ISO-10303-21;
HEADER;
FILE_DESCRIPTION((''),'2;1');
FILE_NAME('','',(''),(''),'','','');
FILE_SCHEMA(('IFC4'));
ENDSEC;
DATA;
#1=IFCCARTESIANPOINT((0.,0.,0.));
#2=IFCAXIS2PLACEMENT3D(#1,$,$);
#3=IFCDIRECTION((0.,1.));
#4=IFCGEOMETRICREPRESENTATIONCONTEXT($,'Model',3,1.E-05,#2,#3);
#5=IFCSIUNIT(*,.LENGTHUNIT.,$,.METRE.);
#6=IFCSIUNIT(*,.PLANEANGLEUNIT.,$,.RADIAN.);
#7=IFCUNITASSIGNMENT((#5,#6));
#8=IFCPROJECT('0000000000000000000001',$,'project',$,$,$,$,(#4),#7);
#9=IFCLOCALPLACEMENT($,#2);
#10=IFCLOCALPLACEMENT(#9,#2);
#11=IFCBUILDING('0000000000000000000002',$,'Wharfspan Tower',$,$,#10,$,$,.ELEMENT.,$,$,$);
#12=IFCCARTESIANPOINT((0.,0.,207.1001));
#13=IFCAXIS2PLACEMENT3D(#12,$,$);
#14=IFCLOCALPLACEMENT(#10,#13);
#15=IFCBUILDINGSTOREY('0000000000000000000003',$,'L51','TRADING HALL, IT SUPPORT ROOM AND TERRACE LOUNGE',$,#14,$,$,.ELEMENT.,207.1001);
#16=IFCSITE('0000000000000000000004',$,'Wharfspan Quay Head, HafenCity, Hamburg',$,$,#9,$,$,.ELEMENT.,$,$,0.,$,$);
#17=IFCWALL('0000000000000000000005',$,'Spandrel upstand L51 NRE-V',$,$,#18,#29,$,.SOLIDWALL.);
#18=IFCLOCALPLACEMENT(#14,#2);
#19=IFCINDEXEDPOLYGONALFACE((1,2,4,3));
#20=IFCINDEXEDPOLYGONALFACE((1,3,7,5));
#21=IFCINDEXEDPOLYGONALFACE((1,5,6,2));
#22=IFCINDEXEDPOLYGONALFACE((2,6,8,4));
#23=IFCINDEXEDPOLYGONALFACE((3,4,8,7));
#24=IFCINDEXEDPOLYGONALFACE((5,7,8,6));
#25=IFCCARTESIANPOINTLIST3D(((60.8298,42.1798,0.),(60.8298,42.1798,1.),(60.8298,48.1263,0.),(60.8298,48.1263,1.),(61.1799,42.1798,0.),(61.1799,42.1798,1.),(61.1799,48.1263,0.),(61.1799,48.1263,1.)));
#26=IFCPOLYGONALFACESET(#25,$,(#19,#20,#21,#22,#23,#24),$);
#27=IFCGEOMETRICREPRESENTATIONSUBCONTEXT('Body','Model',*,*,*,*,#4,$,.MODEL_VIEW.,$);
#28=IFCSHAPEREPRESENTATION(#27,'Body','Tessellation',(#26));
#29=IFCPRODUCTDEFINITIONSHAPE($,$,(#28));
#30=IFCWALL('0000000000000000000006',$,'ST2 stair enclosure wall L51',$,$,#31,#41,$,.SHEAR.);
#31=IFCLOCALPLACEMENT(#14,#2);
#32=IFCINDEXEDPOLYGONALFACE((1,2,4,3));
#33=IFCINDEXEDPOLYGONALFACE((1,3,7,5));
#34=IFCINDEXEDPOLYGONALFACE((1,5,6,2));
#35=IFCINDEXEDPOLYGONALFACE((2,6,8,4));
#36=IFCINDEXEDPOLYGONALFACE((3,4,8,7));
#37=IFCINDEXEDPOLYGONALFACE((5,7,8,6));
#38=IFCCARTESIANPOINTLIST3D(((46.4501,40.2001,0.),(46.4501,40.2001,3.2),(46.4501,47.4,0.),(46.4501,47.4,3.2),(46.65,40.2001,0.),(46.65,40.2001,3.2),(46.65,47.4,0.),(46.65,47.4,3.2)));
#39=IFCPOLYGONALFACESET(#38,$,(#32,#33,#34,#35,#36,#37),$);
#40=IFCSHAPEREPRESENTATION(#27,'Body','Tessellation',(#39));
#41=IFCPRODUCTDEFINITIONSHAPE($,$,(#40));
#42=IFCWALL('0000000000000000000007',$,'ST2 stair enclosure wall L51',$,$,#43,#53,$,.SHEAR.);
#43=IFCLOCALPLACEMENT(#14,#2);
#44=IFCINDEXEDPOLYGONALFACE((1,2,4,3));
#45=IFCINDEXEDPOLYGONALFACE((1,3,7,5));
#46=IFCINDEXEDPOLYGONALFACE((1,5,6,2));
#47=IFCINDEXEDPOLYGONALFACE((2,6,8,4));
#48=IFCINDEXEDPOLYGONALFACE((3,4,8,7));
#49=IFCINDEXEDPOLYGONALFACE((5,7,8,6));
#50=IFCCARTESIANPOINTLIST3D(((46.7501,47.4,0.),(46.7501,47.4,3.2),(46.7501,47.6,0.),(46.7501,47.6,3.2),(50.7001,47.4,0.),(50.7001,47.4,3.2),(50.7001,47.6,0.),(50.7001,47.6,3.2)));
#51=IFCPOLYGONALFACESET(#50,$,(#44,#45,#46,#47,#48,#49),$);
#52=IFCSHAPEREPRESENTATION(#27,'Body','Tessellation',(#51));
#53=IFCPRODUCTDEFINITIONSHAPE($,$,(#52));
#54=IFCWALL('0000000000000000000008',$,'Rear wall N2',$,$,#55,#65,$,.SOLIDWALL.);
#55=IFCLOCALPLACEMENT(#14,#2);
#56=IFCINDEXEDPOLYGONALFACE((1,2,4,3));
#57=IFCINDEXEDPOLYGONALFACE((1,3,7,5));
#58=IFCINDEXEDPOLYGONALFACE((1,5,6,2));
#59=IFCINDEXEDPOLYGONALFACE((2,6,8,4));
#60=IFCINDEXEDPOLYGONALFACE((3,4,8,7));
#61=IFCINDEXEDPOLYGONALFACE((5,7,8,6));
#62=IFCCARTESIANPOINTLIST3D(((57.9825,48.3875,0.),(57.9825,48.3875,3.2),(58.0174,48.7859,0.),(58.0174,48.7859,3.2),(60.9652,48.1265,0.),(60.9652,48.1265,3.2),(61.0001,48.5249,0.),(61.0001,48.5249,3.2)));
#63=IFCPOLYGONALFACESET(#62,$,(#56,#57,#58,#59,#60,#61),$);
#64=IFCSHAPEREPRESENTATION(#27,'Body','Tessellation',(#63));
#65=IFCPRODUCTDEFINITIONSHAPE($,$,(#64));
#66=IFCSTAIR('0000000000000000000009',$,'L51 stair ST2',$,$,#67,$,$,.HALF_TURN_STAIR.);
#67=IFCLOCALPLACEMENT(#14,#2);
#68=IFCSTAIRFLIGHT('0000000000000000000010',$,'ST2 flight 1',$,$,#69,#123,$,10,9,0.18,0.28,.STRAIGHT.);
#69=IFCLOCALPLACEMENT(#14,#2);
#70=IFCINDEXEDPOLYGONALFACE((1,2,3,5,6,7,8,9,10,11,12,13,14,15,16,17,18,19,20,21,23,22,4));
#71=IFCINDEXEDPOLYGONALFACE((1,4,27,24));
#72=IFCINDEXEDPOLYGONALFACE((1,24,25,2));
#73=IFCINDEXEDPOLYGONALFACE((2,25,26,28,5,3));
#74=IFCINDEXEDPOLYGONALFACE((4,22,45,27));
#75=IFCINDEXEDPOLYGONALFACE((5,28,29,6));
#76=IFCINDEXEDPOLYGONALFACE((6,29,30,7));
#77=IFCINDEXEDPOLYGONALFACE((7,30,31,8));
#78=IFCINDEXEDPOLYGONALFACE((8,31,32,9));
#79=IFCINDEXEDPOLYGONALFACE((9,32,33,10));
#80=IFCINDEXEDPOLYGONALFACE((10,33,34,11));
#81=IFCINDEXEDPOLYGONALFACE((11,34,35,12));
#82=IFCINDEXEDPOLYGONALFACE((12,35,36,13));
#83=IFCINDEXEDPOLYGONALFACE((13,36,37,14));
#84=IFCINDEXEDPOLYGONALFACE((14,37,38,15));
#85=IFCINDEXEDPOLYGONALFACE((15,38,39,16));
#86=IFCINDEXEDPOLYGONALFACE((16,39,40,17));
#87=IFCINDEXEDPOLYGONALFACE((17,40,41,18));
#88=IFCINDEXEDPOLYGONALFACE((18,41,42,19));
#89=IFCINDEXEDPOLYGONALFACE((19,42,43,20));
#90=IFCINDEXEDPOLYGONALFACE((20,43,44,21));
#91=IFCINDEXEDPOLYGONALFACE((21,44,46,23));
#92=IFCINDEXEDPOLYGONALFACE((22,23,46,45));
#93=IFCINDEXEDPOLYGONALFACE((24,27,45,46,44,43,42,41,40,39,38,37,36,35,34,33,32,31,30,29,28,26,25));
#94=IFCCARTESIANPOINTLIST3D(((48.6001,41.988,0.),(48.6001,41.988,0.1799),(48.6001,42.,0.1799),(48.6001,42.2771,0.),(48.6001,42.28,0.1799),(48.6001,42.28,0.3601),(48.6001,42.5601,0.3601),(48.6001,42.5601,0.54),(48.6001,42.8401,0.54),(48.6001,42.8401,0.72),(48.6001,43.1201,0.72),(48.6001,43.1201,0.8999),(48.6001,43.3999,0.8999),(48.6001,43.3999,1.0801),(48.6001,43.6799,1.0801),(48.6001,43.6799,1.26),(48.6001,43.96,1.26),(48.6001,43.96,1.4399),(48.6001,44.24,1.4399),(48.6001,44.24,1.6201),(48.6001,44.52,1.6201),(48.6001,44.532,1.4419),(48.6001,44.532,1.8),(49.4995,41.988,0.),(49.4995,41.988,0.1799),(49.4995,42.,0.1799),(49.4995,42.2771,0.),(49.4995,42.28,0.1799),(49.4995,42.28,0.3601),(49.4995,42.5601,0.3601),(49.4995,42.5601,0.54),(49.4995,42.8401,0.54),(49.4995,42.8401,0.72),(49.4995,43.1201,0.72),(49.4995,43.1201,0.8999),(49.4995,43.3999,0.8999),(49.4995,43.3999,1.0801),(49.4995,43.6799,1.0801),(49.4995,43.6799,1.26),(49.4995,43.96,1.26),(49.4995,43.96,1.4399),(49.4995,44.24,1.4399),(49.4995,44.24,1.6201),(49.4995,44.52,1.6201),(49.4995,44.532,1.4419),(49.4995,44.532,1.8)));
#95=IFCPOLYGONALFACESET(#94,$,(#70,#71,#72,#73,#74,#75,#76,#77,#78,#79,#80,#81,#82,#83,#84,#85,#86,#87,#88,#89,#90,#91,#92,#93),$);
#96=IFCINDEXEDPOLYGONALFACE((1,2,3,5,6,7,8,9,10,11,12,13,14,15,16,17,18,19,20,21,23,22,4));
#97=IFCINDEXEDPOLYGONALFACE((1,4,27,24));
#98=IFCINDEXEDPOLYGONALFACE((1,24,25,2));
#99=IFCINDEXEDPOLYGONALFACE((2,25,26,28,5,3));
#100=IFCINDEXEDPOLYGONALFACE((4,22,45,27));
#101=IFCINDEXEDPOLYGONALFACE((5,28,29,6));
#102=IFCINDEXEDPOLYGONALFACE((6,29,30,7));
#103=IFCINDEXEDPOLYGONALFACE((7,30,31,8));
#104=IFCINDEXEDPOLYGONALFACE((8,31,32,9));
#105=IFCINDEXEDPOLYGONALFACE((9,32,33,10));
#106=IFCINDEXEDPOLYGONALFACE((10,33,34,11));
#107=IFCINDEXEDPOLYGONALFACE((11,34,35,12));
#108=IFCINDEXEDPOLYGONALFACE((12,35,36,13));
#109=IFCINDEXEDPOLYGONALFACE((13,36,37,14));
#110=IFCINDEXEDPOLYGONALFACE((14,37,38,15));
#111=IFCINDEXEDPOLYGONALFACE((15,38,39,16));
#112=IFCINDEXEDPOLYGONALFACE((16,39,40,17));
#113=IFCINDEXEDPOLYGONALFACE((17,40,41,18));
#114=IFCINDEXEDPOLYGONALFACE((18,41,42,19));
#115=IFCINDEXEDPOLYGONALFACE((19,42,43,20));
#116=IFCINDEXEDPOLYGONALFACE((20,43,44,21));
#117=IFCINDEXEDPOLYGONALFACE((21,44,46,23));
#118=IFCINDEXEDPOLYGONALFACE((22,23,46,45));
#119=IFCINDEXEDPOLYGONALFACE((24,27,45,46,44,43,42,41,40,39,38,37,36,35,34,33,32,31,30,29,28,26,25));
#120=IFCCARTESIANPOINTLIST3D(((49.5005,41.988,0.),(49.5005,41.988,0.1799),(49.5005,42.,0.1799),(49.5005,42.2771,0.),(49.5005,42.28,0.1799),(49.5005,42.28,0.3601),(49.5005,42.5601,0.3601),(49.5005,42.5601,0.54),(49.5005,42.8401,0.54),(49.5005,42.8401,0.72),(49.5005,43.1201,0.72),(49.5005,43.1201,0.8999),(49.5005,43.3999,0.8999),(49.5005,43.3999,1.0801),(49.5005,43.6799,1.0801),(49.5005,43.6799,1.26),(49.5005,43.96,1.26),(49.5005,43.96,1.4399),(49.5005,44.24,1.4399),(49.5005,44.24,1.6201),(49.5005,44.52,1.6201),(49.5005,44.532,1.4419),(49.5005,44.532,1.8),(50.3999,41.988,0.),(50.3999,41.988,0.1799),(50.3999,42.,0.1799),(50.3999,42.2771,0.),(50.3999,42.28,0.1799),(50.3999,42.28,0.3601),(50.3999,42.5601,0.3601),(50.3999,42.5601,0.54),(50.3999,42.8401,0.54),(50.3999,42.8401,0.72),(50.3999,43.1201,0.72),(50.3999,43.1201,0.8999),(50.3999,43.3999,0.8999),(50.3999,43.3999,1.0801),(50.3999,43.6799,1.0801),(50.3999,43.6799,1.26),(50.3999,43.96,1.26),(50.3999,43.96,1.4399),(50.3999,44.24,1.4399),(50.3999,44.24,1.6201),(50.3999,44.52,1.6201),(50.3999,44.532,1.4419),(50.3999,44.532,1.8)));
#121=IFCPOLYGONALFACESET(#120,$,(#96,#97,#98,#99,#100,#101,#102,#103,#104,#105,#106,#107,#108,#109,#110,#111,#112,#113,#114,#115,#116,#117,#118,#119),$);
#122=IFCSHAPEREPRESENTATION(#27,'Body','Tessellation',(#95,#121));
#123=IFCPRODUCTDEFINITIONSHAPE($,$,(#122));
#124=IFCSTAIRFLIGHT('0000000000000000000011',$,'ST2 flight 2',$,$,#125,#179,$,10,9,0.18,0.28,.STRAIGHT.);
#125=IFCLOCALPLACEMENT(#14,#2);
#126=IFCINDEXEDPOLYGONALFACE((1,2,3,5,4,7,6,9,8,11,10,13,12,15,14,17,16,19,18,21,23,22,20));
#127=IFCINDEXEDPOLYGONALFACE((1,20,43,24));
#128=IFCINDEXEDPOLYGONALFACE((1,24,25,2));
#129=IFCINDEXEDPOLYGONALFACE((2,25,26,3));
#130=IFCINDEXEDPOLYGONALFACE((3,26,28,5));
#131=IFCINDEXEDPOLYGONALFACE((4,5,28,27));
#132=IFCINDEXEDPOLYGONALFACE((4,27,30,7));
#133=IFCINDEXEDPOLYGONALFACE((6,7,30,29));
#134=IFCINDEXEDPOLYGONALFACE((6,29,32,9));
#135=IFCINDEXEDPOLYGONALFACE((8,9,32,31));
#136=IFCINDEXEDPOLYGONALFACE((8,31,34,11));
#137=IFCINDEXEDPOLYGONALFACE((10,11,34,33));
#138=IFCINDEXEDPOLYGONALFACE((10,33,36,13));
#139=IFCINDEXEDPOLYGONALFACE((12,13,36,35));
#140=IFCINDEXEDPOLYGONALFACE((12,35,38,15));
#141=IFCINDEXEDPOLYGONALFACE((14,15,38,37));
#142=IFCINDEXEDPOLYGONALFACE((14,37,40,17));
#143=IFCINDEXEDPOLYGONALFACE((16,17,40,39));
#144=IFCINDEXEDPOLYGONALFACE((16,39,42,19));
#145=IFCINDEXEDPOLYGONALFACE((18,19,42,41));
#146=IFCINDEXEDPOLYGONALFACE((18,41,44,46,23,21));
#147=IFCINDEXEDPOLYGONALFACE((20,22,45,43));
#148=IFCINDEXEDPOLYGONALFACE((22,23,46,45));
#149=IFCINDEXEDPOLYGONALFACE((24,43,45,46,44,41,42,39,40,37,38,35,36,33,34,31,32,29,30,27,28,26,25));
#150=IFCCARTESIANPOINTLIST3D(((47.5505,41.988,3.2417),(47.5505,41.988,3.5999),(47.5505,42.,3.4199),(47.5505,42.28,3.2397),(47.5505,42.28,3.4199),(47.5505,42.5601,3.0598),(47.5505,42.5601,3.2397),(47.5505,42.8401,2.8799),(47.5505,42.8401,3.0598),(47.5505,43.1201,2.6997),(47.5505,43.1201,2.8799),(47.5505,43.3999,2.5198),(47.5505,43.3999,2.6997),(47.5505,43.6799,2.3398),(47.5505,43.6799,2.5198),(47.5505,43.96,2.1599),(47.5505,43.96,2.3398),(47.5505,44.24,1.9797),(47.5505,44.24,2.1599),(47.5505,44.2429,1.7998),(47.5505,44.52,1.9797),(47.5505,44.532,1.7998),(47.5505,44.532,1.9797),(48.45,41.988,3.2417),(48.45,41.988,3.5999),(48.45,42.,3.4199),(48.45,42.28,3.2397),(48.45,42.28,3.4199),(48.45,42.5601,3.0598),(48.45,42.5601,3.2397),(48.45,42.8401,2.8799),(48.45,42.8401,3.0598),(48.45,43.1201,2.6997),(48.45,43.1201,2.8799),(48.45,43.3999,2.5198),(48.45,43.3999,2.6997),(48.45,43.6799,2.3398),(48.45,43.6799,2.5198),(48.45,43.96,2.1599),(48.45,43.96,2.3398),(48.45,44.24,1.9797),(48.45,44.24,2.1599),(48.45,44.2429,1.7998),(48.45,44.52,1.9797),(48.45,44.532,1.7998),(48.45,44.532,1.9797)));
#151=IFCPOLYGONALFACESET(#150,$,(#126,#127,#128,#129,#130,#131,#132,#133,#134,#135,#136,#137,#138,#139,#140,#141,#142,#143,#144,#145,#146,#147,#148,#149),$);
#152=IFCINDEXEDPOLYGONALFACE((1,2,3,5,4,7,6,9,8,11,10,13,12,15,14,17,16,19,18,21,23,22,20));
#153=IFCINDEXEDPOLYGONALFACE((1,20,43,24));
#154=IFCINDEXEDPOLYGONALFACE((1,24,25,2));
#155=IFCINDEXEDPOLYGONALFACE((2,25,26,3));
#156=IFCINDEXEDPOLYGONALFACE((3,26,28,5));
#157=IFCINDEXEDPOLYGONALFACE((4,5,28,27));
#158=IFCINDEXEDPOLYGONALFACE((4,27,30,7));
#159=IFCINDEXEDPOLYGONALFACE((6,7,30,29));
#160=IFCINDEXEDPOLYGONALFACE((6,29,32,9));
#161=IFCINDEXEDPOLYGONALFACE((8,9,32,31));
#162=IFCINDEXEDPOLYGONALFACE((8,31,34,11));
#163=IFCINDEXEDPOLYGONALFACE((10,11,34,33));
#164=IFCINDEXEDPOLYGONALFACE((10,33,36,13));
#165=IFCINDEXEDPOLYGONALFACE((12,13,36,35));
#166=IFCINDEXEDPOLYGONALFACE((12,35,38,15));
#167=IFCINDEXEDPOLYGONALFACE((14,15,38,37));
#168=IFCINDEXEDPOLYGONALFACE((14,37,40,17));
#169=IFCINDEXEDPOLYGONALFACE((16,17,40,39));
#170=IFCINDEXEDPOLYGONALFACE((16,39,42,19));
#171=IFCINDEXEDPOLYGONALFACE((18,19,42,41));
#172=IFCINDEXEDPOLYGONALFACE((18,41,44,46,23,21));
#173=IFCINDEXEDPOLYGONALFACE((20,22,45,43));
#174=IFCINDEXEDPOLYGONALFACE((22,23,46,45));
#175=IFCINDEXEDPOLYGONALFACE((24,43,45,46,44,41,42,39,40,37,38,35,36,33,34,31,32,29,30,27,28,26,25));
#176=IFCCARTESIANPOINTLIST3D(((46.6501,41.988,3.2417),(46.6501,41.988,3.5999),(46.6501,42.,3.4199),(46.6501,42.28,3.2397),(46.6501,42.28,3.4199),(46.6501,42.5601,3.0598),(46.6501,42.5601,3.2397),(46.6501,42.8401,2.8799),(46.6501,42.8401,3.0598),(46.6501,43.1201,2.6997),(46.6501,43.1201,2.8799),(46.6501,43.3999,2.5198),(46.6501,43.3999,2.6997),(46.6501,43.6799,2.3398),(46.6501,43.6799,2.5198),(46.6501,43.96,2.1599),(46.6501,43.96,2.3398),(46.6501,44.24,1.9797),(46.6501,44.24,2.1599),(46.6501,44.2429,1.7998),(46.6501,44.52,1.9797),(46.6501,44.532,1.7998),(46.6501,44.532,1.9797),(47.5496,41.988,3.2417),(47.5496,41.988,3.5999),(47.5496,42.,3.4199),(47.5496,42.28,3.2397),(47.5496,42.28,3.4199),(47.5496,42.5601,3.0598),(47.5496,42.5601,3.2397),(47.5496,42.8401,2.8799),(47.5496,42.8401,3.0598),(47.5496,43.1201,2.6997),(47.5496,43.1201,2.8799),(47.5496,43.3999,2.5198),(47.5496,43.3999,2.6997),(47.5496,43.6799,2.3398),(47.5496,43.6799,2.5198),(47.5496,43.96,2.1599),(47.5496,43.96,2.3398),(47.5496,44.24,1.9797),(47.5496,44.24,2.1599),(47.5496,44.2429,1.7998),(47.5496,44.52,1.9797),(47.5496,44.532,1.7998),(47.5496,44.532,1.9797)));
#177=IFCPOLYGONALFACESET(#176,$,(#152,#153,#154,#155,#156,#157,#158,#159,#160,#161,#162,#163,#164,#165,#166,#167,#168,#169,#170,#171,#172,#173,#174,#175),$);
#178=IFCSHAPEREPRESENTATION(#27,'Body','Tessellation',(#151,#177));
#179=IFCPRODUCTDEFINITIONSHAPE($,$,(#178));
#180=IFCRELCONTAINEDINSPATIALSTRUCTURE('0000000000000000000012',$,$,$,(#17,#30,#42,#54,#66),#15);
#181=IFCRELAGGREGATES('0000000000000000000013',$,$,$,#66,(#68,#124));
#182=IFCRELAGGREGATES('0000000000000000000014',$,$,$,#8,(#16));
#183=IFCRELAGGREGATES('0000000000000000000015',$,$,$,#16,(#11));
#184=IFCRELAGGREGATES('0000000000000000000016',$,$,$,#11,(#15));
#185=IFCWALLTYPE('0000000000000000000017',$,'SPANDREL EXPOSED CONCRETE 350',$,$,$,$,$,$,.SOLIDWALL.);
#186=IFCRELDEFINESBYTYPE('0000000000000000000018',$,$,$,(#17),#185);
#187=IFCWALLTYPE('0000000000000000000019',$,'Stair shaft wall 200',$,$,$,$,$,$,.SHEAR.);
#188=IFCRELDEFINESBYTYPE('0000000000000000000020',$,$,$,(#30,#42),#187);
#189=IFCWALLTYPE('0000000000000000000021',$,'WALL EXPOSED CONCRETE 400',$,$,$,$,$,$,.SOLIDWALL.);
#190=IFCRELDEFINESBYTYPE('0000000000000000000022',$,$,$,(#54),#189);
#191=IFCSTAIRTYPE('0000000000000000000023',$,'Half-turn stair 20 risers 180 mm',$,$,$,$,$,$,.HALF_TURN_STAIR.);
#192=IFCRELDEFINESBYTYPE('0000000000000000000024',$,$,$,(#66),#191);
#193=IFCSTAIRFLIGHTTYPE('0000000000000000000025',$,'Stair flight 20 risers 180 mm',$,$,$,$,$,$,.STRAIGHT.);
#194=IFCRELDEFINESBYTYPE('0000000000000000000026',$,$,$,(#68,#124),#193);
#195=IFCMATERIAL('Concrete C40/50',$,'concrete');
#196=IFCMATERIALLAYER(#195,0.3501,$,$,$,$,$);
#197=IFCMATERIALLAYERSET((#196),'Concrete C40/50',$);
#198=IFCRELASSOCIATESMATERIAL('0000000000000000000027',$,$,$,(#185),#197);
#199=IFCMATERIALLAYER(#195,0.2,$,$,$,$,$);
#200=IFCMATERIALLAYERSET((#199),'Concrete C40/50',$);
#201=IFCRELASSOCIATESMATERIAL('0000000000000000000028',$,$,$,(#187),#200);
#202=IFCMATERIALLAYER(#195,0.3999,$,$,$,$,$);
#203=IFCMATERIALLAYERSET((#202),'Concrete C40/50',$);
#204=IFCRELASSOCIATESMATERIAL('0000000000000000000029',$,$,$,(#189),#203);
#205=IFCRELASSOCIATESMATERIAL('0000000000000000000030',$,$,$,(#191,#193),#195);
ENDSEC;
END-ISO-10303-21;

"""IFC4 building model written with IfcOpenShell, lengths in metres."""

from ifc_helpers import new_model, si_unit, direction, frame, frame_2d, origin, place, context, subcontext, project, spatial, polyline, rectangle, outline, extrude, material, layer, layer_set, type_object, element, aggregate, save


model = new_model("IFC4")

# Units and contexts
model_context = context("Model", 3, precision=1e-05, world=origin(), true_north=direction((0.0, 1.0)))
body_context = subcontext(model_context, "Body", "Model", "MODEL_VIEW")
ifc_project = project(units=[si_unit("LENGTHUNIT", "METRE"), si_unit("PLANEANGLEUNIT", "RADIAN")], contexts=[model_context])

# Site, building, storey
site_placement = place(None, origin())
site = spatial("IfcSite", under=ifc_project, at=site_placement, Name="Wharfspan Quay Head, HafenCity, Hamburg", CompositionType="ELEMENT", RefElevation=0.0)
building_placement = place(site_placement, origin())
building = spatial("IfcBuilding", under=site, at=building_placement, Name="Wharfspan Tower", CompositionType="ELEMENT")
storey_placement = place(building_placement, frame((0.0, 0.0, 207.1001)))
storey = spatial("IfcBuildingStorey", under=building, at=storey_placement, Name="L51", Description="TRADING HALL, IT SUPPORT ROOM AND TERRACE LOUNGE", CompositionType="ELEMENT", Elevation=207.1001)

# Walls
ifc_material_1 = material(Name="Concrete C40/50", Category="concrete")
ifc_layer_1 = layer(ifc_material_1, 0.3501)
ifc_layer_set_1 = layer_set([ifc_layer_1], Name="Concrete C40/50")
wall_type_1 = type_object("IfcWallType", Name="SPANDREL EXPOSED CONCRETE 350", PredefinedType="SOLIDWALL", material=ifc_layer_set_1)
wall_1_placement = place(storey_placement, frame((61.0049, 42.1799, 0.0), z_axis=(0.0, 0.0, 1.0), x_axis=(0.0, 1.0, 0.0)))
element("IfcWall", 1, at=wall_1_placement, inside=storey, type_object=wall_type_1, Name="Spandrel upstand L51 NRE-V", PredefinedType="SOLIDWALL", context=body_context, shape_type="SweptSolid", body=[
    extrude(rectangle(XDim=5.9465, YDim=0.3501, at=frame_2d((2.9731, 0.0))), origin(), (0.0, 0.0, 1.0), 1.0),
])
ifc_layer_2 = layer(ifc_material_1, 0.2)
ifc_layer_set_2 = layer_set([ifc_layer_2], Name="Concrete C40/50")
wall_type_2 = type_object("IfcWallType", Name="Stair shaft wall 200", PredefinedType="SHEAR", material=ifc_layer_set_2)
wall_2_placement = place(storey_placement, frame((46.55, 40.2, 0.0), z_axis=(0.0, 0.0, 1.0), x_axis=(0.0, 1.0, 0.0)))
element("IfcWall", 2, at=wall_2_placement, inside=storey, type_object=wall_type_2, Name="ST2 stair enclosure wall L51", PredefinedType="SHEAR", context=body_context, shape_type="SweptSolid", body=[
    extrude(rectangle(XDim=7.2, YDim=0.2, at=frame_2d((3.6001, 0.0))), origin(), (0.0, 0.0, 1.0), 3.2),
])
wall_3_placement = place(storey_placement, frame((46.75, 47.5, 0.0), z_axis=(0.0, 0.0, 1.0), x_axis=(1.0, 0.0, 0.0)))
element("IfcWall", 3, at=wall_3_placement, inside=storey, type_object=wall_type_2, Name="ST2 stair enclosure wall L51", PredefinedType="SHEAR", context=body_context, shape_type="SweptSolid", body=[
    extrude(rectangle(XDim=3.95, YDim=0.2, at=frame_2d((1.9751, 0.0))), origin(), (0.0, 0.0, 1.0), 3.2),
])
ifc_layer_3 = layer(ifc_material_1, 0.3999)
ifc_layer_set_3 = layer_set([ifc_layer_3], Name="Concrete C40/50")
wall_type_3 = type_object("IfcWallType", Name="WALL EXPOSED CONCRETE 400", PredefinedType="SOLIDWALL", material=ifc_layer_set_3)
wall_4_placement = place(storey_placement, frame((60.9827, 48.3257, 0.0), z_axis=(0.0, 0.0, 1.0), x_axis=(-0.996194, 0.087168, 0.0)))
element("IfcWall", 4, at=wall_4_placement, inside=storey, type_object=wall_type_3, Name="Rear wall N2", PredefinedType="SOLIDWALL", context=body_context, shape_type="SweptSolid", body=[
    extrude(rectangle(XDim=2.9941, YDim=0.3999, at=frame_2d((1.4971, 0.0))), origin(), (0.0, 0.0, 1.0), 3.2),
])

# Stair, stair flights
stair_type = type_object("IfcStairType", Name="Half-turn stair 20 risers 180 mm", PredefinedType="HALF_TURN_STAIR", material=ifc_material_1)
stair_placement = place(storey_placement, origin())
stair = element("IfcStair", 5, at=stair_placement, inside=storey, type_object=stair_type, Name="L51 stair ST2", PredefinedType="HALF_TURN_STAIR")
stair_flight_type = type_object("IfcStairFlightType", Name="Stair flight 20 risers 180 mm", PredefinedType="STRAIGHT", material=ifc_material_1)
stair_flight_1_placement = place(storey_placement, frame((49.5, 42.0, 0.0), z_axis=(0.0, 0.0, 1.0), x_axis=(0.0, 1.0, 0.0)))
stair_flight_1 = element("IfcStairFlight", 6, at=stair_flight_1_placement, type_object=stair_flight_type, Name="ST2 flight 1", NumberOfRisers=10, NumberOfTreads=9, PredefinedType="STRAIGHT", RiserHeight=0.18, TreadLength=0.28, context=body_context, shape_type="SweptSolid", body=[
    extrude(outline(polyline([(-0.012, 0.0), (-0.012, 0.1799), (0.0, 0.1799), (0.28, 0.1799), (0.28, 0.3601), (0.5601, 0.3601), (0.5601, 0.54), (0.8401, 0.54), (0.8401, 0.72), (1.1201, 0.72), (1.1201, 0.8999), (1.3999, 0.8999), (1.3999, 1.0801), (1.6799, 1.0801), (1.6799, 1.26), (1.96, 1.26), (1.96, 1.4399), (2.24, 1.4399), (2.24, 1.6201), (2.52, 1.6201), (2.532, 1.8), (2.532, 1.4419), (0.2771, 0.0), (-0.012, 0.0)])), frame((0.0, 0.8999, 0.0), z_axis=(0.0, -1.0, 0.0), x_axis=(1.0, 0.0, 0.0)), (0.0, 0.0, 1.0), 0.8994),
    extrude(outline(polyline([(-0.012, 0.0), (-0.012, 0.1799), (0.0, 0.1799), (0.28, 0.1799), (0.28, 0.3601), (0.5601, 0.3601), (0.5601, 0.54), (0.8401, 0.54), (0.8401, 0.72), (1.1201, 0.72), (1.1201, 0.8999), (1.3999, 0.8999), (1.3999, 1.0801), (1.6799, 1.0801), (1.6799, 1.26), (1.96, 1.26), (1.96, 1.4399), (2.24, 1.4399), (2.24, 1.6201), (2.52, 1.6201), (2.532, 1.8), (2.532, 1.4419), (0.2771, 0.0), (-0.012, 0.0)])), frame((0.0, -0.0005, 0.0), z_axis=(0.0, -1.0, 0.0), x_axis=(1.0, 0.0, 0.0)), (0.0, 0.0, 1.0), 0.8994),
])
stair_flight_2_placement = place(storey_placement, frame((47.55, 44.52, 1.7998), z_axis=(0.0, 0.0, 1.0), x_axis=(0.0, -1.0, 0.0)))
stair_flight_2 = element("IfcStairFlight", 7, at=stair_flight_2_placement, type_object=stair_flight_type, Name="ST2 flight 2", NumberOfRisers=10, NumberOfTreads=9, PredefinedType="STRAIGHT", RiserHeight=0.18, TreadLength=0.28, context=body_context, shape_type="SweptSolid", body=[
    extrude(outline(polyline([(-0.012, 0.0), (-0.012, 0.1799), (0.0, 0.1799), (0.28, 0.1799), (0.28, 0.3601), (0.5601, 0.3601), (0.5601, 0.54), (0.8401, 0.54), (0.8401, 0.72), (1.1201, 0.72), (1.1201, 0.8999), (1.3999, 0.8999), (1.3999, 1.0801), (1.6799, 1.0801), (1.6799, 1.26), (1.96, 1.26), (1.96, 1.4399), (2.24, 1.4399), (2.24, 1.6201), (2.52, 1.6201), (2.532, 1.8), (2.532, 1.4419), (0.2771, 0.0), (-0.012, 0.0)])), frame((0.0, 0.8999, 0.0), z_axis=(0.0, -1.0, 0.0), x_axis=(1.0, 0.0, 0.0)), (0.0, 0.0, 1.0), 0.8994),
    extrude(outline(polyline([(-0.012, 0.0), (-0.012, 0.1799), (0.0, 0.1799), (0.28, 0.1799), (0.28, 0.3601), (0.5601, 0.3601), (0.5601, 0.54), (0.8401, 0.54), (0.8401, 0.72), (1.1201, 0.72), (1.1201, 0.8999), (1.3999, 0.8999), (1.3999, 1.0801), (1.6799, 1.0801), (1.6799, 1.26), (1.96, 1.26), (1.96, 1.4399), (2.24, 1.4399), (2.24, 1.6201), (2.52, 1.6201), (2.532, 1.8), (2.532, 1.4419), (0.2771, 0.0), (-0.012, 0.0)])), frame((0.0, -0.0005, 0.0), z_axis=(0.0, -1.0, 0.0), x_axis=(1.0, 0.0, 0.0)), (0.0, 0.0, 1.0), 0.8994),
])
aggregate(stair, [stair_flight_1, stair_flight_2])

save(model, "model.ifc")
